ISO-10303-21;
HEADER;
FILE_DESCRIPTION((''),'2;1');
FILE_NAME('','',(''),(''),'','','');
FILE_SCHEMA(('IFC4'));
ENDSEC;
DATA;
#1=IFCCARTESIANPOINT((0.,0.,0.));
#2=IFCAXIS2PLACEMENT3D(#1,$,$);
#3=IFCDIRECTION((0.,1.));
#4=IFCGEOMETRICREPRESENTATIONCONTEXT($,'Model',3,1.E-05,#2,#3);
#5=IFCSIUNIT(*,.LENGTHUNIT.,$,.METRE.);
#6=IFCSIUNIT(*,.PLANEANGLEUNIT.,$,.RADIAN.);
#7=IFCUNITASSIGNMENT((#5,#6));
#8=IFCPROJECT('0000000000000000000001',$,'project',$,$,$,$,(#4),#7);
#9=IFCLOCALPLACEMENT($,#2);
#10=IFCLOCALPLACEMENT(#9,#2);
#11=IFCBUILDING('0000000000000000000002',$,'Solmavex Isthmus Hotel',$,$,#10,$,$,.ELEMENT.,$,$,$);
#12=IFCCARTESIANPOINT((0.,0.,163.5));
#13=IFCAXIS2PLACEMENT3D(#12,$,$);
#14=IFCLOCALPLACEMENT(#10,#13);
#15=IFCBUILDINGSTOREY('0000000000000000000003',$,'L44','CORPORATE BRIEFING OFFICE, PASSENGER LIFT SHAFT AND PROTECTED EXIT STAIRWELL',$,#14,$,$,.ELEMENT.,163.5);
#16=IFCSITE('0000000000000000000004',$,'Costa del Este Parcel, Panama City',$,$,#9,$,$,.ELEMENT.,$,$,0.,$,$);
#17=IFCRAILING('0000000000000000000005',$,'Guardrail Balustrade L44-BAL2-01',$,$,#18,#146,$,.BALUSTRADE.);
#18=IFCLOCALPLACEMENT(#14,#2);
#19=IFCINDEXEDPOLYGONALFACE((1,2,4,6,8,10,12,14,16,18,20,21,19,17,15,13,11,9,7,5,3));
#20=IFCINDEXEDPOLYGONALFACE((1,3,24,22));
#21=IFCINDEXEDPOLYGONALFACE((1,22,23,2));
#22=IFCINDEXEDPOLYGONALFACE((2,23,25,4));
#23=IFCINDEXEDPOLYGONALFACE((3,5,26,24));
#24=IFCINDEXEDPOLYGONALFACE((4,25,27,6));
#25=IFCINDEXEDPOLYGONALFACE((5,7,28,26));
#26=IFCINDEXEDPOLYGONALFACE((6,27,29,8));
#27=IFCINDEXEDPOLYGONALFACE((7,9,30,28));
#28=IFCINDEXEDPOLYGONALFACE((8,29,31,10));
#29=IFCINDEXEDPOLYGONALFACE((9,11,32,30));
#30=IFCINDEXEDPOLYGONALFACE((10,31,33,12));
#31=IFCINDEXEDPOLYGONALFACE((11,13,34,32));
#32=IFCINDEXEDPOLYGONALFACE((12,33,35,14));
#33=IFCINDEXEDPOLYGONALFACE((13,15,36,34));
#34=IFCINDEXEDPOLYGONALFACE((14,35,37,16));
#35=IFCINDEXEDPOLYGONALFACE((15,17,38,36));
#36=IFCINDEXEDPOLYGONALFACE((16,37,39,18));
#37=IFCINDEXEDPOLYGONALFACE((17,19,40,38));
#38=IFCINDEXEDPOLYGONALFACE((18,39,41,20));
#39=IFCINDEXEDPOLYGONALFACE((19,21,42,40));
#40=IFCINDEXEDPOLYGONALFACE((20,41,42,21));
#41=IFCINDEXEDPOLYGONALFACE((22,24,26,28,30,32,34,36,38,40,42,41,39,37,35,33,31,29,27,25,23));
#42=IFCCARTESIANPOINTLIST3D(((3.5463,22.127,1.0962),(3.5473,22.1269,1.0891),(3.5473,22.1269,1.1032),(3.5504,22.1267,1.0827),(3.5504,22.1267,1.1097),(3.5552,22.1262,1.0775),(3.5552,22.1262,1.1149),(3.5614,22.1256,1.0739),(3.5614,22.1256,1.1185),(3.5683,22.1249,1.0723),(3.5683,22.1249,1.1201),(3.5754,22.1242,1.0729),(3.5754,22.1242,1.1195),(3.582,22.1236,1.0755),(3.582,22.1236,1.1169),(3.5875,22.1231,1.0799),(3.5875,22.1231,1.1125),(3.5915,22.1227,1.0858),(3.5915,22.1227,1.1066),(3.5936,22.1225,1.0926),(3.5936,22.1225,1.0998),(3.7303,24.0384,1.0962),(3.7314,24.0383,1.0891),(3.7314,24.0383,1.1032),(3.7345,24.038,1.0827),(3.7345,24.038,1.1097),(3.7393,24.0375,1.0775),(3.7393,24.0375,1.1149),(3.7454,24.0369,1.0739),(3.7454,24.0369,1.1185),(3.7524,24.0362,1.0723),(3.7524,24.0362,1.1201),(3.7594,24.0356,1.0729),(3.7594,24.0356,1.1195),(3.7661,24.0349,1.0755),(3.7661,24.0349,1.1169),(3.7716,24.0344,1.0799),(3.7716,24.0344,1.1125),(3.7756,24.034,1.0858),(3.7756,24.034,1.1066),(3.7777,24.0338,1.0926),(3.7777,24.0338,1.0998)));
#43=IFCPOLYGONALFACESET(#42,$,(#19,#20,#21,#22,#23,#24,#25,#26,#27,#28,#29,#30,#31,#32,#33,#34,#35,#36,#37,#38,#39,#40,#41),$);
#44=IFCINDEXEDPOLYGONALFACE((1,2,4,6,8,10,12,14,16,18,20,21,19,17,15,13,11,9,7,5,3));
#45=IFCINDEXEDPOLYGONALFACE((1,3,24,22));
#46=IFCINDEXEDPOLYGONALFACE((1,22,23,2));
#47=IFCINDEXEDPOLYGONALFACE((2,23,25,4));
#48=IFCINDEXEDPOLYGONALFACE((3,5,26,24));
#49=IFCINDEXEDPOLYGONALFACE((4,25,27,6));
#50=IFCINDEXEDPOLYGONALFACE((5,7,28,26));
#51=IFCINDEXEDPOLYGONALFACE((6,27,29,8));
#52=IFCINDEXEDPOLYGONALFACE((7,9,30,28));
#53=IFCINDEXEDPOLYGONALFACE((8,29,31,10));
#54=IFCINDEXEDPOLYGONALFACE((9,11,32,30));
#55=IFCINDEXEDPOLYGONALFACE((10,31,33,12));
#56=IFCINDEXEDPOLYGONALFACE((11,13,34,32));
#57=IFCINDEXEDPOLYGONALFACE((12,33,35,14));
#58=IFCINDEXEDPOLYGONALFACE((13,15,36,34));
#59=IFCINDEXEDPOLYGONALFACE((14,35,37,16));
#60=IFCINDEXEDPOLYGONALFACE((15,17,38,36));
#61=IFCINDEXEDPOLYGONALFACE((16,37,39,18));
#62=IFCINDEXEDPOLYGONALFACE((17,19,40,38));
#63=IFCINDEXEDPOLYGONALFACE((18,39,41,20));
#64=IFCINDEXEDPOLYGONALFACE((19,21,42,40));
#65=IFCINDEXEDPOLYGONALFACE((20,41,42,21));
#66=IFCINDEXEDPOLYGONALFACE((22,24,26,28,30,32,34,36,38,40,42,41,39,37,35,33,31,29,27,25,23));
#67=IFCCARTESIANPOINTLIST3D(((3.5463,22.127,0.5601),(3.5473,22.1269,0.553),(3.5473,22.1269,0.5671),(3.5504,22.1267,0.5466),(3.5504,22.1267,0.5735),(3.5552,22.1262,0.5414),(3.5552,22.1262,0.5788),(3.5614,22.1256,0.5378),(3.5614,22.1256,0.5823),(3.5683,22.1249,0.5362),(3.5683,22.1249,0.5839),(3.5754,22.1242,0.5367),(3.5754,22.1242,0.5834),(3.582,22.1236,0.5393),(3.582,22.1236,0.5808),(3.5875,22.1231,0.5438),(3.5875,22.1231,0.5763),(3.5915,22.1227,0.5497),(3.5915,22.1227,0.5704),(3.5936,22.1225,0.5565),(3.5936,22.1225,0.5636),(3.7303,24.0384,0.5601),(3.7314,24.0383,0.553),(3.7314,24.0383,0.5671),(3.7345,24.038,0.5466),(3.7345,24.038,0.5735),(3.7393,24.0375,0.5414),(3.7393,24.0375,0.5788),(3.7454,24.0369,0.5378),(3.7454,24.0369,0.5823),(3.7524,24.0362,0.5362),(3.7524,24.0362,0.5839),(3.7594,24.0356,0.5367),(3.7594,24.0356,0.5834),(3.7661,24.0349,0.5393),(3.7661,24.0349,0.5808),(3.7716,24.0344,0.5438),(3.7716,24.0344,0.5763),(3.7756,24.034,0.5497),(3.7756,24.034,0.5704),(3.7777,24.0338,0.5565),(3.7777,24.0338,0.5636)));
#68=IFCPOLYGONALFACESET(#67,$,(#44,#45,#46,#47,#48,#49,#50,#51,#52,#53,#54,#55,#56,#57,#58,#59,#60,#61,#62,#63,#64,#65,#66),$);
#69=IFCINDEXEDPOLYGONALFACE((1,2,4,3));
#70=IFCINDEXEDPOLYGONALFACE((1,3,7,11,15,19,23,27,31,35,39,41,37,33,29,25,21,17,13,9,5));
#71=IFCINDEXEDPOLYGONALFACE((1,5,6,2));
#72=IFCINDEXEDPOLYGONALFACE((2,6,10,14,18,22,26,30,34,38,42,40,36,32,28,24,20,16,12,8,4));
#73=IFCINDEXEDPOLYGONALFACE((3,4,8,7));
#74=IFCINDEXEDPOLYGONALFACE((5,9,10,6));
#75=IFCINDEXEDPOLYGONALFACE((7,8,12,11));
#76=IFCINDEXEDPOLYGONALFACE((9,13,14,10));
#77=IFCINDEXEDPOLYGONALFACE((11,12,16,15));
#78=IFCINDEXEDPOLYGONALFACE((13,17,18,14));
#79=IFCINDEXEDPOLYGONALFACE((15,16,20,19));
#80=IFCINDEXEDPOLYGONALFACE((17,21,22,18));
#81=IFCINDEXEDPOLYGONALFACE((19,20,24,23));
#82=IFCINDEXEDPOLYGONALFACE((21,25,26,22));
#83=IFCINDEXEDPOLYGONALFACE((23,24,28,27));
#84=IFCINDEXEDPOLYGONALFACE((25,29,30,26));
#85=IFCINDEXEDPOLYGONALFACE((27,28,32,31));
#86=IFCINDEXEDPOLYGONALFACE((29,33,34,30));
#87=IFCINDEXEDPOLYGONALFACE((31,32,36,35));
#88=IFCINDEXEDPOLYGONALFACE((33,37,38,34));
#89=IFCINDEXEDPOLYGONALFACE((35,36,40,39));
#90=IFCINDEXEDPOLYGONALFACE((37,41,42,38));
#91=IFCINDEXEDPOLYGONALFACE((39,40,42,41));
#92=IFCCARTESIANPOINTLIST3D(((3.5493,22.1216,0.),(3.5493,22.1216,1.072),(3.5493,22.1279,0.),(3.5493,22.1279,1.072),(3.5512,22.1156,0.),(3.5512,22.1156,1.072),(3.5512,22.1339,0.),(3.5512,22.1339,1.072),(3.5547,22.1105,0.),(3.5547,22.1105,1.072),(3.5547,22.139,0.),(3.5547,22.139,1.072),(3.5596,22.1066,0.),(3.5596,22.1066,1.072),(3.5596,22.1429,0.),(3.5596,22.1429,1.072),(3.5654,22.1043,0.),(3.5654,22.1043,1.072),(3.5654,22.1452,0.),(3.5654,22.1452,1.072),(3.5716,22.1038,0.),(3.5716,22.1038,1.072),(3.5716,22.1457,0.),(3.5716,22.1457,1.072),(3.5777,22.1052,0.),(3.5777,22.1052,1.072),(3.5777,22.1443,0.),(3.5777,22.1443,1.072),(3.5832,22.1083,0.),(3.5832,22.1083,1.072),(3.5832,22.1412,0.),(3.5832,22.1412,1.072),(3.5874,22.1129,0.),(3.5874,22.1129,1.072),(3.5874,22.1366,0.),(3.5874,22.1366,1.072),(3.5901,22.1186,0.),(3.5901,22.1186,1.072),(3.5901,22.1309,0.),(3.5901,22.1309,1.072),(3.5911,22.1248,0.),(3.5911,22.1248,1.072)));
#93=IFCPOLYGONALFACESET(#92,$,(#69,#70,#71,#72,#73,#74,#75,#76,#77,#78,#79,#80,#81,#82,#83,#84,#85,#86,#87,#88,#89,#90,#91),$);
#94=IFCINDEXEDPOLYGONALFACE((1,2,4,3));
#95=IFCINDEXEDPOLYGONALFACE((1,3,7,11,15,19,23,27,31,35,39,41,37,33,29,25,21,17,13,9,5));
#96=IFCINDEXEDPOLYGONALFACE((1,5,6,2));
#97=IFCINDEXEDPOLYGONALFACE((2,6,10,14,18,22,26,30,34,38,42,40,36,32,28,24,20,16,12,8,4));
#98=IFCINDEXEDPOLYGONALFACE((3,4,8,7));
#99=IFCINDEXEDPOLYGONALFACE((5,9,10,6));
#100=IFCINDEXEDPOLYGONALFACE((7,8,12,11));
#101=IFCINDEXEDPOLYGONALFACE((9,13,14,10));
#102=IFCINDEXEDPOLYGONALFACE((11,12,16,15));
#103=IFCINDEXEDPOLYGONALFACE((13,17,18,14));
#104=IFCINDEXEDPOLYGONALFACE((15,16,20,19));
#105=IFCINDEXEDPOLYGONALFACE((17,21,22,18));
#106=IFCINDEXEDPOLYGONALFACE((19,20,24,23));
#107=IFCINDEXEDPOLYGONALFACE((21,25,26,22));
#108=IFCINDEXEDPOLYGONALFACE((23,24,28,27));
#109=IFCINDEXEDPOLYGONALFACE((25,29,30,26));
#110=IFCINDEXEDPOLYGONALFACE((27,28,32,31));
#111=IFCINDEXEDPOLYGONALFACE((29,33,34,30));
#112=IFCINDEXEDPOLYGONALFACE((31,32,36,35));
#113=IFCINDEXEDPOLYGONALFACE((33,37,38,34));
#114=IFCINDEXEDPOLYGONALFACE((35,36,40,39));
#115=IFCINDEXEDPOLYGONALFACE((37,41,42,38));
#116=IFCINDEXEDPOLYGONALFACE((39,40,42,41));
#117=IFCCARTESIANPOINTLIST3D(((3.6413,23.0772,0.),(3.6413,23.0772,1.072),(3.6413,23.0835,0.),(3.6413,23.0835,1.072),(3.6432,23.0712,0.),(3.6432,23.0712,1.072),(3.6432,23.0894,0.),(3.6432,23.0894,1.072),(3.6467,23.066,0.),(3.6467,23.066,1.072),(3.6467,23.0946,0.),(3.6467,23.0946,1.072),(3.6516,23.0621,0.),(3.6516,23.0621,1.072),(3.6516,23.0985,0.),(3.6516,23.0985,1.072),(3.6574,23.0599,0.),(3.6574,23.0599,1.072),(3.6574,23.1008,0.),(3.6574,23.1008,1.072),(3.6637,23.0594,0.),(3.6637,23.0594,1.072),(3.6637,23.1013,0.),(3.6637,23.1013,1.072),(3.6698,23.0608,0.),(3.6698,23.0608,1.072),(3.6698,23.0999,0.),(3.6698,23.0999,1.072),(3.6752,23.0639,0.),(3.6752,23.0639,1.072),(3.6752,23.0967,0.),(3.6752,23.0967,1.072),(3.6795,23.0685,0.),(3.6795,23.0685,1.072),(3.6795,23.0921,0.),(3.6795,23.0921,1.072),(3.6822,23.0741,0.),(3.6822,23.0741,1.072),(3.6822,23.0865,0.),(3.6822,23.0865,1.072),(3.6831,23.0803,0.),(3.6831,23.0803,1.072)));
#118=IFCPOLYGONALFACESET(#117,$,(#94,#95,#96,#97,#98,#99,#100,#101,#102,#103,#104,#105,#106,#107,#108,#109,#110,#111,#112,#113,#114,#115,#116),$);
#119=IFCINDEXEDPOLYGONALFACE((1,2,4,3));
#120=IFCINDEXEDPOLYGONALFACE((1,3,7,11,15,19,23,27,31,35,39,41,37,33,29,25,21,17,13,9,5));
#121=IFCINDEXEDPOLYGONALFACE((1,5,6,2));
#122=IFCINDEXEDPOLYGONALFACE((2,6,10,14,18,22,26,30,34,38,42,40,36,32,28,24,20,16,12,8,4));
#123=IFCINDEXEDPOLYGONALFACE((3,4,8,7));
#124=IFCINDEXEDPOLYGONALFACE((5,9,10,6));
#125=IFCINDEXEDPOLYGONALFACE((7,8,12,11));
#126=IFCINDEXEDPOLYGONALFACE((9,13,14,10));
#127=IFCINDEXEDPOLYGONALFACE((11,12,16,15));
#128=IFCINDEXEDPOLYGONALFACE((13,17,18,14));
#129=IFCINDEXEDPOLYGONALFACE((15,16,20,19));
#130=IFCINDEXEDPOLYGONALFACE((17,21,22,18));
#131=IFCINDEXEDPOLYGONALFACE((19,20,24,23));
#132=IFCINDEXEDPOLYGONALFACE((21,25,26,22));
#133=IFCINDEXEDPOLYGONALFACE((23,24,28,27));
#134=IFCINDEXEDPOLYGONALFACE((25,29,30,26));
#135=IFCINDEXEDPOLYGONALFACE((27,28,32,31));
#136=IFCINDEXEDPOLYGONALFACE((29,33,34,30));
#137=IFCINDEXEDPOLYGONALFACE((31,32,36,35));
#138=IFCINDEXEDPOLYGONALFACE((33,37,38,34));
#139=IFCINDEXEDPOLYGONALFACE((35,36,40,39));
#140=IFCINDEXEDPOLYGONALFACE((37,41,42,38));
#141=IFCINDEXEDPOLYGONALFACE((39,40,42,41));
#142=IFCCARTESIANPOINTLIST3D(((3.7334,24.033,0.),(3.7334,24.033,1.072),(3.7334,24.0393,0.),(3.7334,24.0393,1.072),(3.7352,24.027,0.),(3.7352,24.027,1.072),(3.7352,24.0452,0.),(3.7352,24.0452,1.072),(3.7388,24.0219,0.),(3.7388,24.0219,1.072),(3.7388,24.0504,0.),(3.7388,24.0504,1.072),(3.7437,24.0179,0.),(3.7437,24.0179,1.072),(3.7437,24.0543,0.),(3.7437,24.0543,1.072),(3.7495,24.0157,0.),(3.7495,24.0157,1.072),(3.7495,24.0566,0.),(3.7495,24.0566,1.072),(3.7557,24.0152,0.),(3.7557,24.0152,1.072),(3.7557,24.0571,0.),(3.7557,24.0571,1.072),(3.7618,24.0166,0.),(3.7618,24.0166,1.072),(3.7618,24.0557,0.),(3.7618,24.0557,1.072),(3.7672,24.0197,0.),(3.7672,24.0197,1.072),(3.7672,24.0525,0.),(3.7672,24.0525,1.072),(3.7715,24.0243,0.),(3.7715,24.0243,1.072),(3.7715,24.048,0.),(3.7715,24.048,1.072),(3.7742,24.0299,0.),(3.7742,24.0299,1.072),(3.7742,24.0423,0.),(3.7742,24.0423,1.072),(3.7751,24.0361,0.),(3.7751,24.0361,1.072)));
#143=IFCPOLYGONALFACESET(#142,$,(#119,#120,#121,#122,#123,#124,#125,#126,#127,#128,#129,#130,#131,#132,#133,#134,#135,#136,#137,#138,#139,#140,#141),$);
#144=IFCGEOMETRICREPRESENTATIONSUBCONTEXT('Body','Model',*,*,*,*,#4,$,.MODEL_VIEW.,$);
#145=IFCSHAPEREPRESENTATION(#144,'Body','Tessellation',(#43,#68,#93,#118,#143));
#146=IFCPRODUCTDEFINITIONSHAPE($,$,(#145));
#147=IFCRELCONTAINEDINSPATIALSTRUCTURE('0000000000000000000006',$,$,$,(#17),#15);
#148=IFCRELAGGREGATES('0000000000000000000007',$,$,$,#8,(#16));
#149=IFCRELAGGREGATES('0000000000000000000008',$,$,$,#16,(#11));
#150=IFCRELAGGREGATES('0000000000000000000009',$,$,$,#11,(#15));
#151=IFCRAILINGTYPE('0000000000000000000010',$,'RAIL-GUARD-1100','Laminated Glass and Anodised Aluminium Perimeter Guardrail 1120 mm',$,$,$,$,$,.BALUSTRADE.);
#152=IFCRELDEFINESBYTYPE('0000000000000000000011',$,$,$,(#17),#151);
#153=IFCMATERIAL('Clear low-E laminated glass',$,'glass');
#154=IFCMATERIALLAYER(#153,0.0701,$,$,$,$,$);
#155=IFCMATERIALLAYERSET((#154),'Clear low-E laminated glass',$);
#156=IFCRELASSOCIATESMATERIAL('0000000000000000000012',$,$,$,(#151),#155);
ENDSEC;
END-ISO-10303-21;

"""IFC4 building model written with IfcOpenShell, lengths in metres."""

from ifc_helpers import new_model, si_unit, direction, frame, origin, origin_2d, place, context, subcontext, project, spatial, circle, extrude, material, layer, layer_set, type_object, element, save


model = new_model("IFC4")

# Units and contexts
model_context = context("Model", 3, precision=1e-05, world=origin(), true_north=direction((0.0, 1.0)))
body_context = subcontext(model_context, "Body", "Model", "MODEL_VIEW")
ifc_project = project(units=[si_unit("LENGTHUNIT", "METRE"), si_unit("PLANEANGLEUNIT", "RADIAN")], contexts=[model_context])

# Site, building, storey
site_placement = place(None, origin())
site = spatial("IfcSite", under=ifc_project, at=site_placement, Name="Costa del Este Parcel, Panama City", CompositionType="ELEMENT", RefElevation=0.0)
building_placement = place(site_placement, origin())
building = spatial("IfcBuilding", under=site, at=building_placement, Name="Solmavex Isthmus Hotel", CompositionType="ELEMENT")
storey_placement = place(building_placement, frame((0.0, 0.0, 163.5)))
storey = spatial("IfcBuildingStorey", under=building, at=storey_placement, Name="L44", Description="CORPORATE BRIEFING OFFICE, PASSENGER LIFT SHAFT AND PROTECTED EXIT STAIRWELL", CompositionType="ELEMENT", Elevation=163.5)

# Shared definitions
ifc_material_1 = material(Name="Clear low-E laminated glass", Category="glass")

# Railing
ifc_layer_1 = layer(ifc_material_1, 0.0701)
ifc_layer_set_1 = layer_set([ifc_layer_1], Name="Clear low-E laminated glass")
railing_type = type_object("IfcRailingType", Name="RAIL-GUARD-1100", Description="Laminated Glass and Anodised Aluminium Perimeter Guardrail 1120 mm", PredefinedType="BALUSTRADE", material=ifc_layer_set_1)
railing_1_placement = place(storey_placement, frame((3.5701, 22.1248, 0.0)))
element("IfcRailing", 1, at=railing_1_placement, inside=storey, type_object=railing_type, Name="Guardrail Balustrade L44-BAL2-01", PredefinedType="BALUSTRADE", context=body_context, shape_type="SweptSolid", body=[
    extrude(circle(Radius=0.0239, at=origin_2d()), frame((0.0, 0.0, 1.0962), z_axis=(0.095865, 0.995394, 0.0), x_axis=(-0.995394, 0.095865, 0.0)), (0.0, 0.0, 1.0), 1.9202),
    extrude(circle(Radius=0.0239, at=origin_2d()), frame((0.0, 0.0, 0.5601), z_axis=(0.095865, 0.995394, 0.0), x_axis=(-0.995394, 0.095865, 0.0)), (0.0, 0.0, 1.0), 1.9202),
    extrude(circle(Radius=0.021, at=origin_2d()), origin(), (0.0, 0.0, 1.0), 1.072),
    extrude(circle(Radius=0.021, at=origin_2d()), frame((0.092, 0.9556, 0.0)), (0.0, 0.0, 1.0), 1.072),
    extrude(circle(Radius=0.021, at=origin_2d()), frame((0.1841, 1.9114, 0.0)), (0.0, 0.0, 1.0), 1.072),
])

save(model, "model.ifc")
